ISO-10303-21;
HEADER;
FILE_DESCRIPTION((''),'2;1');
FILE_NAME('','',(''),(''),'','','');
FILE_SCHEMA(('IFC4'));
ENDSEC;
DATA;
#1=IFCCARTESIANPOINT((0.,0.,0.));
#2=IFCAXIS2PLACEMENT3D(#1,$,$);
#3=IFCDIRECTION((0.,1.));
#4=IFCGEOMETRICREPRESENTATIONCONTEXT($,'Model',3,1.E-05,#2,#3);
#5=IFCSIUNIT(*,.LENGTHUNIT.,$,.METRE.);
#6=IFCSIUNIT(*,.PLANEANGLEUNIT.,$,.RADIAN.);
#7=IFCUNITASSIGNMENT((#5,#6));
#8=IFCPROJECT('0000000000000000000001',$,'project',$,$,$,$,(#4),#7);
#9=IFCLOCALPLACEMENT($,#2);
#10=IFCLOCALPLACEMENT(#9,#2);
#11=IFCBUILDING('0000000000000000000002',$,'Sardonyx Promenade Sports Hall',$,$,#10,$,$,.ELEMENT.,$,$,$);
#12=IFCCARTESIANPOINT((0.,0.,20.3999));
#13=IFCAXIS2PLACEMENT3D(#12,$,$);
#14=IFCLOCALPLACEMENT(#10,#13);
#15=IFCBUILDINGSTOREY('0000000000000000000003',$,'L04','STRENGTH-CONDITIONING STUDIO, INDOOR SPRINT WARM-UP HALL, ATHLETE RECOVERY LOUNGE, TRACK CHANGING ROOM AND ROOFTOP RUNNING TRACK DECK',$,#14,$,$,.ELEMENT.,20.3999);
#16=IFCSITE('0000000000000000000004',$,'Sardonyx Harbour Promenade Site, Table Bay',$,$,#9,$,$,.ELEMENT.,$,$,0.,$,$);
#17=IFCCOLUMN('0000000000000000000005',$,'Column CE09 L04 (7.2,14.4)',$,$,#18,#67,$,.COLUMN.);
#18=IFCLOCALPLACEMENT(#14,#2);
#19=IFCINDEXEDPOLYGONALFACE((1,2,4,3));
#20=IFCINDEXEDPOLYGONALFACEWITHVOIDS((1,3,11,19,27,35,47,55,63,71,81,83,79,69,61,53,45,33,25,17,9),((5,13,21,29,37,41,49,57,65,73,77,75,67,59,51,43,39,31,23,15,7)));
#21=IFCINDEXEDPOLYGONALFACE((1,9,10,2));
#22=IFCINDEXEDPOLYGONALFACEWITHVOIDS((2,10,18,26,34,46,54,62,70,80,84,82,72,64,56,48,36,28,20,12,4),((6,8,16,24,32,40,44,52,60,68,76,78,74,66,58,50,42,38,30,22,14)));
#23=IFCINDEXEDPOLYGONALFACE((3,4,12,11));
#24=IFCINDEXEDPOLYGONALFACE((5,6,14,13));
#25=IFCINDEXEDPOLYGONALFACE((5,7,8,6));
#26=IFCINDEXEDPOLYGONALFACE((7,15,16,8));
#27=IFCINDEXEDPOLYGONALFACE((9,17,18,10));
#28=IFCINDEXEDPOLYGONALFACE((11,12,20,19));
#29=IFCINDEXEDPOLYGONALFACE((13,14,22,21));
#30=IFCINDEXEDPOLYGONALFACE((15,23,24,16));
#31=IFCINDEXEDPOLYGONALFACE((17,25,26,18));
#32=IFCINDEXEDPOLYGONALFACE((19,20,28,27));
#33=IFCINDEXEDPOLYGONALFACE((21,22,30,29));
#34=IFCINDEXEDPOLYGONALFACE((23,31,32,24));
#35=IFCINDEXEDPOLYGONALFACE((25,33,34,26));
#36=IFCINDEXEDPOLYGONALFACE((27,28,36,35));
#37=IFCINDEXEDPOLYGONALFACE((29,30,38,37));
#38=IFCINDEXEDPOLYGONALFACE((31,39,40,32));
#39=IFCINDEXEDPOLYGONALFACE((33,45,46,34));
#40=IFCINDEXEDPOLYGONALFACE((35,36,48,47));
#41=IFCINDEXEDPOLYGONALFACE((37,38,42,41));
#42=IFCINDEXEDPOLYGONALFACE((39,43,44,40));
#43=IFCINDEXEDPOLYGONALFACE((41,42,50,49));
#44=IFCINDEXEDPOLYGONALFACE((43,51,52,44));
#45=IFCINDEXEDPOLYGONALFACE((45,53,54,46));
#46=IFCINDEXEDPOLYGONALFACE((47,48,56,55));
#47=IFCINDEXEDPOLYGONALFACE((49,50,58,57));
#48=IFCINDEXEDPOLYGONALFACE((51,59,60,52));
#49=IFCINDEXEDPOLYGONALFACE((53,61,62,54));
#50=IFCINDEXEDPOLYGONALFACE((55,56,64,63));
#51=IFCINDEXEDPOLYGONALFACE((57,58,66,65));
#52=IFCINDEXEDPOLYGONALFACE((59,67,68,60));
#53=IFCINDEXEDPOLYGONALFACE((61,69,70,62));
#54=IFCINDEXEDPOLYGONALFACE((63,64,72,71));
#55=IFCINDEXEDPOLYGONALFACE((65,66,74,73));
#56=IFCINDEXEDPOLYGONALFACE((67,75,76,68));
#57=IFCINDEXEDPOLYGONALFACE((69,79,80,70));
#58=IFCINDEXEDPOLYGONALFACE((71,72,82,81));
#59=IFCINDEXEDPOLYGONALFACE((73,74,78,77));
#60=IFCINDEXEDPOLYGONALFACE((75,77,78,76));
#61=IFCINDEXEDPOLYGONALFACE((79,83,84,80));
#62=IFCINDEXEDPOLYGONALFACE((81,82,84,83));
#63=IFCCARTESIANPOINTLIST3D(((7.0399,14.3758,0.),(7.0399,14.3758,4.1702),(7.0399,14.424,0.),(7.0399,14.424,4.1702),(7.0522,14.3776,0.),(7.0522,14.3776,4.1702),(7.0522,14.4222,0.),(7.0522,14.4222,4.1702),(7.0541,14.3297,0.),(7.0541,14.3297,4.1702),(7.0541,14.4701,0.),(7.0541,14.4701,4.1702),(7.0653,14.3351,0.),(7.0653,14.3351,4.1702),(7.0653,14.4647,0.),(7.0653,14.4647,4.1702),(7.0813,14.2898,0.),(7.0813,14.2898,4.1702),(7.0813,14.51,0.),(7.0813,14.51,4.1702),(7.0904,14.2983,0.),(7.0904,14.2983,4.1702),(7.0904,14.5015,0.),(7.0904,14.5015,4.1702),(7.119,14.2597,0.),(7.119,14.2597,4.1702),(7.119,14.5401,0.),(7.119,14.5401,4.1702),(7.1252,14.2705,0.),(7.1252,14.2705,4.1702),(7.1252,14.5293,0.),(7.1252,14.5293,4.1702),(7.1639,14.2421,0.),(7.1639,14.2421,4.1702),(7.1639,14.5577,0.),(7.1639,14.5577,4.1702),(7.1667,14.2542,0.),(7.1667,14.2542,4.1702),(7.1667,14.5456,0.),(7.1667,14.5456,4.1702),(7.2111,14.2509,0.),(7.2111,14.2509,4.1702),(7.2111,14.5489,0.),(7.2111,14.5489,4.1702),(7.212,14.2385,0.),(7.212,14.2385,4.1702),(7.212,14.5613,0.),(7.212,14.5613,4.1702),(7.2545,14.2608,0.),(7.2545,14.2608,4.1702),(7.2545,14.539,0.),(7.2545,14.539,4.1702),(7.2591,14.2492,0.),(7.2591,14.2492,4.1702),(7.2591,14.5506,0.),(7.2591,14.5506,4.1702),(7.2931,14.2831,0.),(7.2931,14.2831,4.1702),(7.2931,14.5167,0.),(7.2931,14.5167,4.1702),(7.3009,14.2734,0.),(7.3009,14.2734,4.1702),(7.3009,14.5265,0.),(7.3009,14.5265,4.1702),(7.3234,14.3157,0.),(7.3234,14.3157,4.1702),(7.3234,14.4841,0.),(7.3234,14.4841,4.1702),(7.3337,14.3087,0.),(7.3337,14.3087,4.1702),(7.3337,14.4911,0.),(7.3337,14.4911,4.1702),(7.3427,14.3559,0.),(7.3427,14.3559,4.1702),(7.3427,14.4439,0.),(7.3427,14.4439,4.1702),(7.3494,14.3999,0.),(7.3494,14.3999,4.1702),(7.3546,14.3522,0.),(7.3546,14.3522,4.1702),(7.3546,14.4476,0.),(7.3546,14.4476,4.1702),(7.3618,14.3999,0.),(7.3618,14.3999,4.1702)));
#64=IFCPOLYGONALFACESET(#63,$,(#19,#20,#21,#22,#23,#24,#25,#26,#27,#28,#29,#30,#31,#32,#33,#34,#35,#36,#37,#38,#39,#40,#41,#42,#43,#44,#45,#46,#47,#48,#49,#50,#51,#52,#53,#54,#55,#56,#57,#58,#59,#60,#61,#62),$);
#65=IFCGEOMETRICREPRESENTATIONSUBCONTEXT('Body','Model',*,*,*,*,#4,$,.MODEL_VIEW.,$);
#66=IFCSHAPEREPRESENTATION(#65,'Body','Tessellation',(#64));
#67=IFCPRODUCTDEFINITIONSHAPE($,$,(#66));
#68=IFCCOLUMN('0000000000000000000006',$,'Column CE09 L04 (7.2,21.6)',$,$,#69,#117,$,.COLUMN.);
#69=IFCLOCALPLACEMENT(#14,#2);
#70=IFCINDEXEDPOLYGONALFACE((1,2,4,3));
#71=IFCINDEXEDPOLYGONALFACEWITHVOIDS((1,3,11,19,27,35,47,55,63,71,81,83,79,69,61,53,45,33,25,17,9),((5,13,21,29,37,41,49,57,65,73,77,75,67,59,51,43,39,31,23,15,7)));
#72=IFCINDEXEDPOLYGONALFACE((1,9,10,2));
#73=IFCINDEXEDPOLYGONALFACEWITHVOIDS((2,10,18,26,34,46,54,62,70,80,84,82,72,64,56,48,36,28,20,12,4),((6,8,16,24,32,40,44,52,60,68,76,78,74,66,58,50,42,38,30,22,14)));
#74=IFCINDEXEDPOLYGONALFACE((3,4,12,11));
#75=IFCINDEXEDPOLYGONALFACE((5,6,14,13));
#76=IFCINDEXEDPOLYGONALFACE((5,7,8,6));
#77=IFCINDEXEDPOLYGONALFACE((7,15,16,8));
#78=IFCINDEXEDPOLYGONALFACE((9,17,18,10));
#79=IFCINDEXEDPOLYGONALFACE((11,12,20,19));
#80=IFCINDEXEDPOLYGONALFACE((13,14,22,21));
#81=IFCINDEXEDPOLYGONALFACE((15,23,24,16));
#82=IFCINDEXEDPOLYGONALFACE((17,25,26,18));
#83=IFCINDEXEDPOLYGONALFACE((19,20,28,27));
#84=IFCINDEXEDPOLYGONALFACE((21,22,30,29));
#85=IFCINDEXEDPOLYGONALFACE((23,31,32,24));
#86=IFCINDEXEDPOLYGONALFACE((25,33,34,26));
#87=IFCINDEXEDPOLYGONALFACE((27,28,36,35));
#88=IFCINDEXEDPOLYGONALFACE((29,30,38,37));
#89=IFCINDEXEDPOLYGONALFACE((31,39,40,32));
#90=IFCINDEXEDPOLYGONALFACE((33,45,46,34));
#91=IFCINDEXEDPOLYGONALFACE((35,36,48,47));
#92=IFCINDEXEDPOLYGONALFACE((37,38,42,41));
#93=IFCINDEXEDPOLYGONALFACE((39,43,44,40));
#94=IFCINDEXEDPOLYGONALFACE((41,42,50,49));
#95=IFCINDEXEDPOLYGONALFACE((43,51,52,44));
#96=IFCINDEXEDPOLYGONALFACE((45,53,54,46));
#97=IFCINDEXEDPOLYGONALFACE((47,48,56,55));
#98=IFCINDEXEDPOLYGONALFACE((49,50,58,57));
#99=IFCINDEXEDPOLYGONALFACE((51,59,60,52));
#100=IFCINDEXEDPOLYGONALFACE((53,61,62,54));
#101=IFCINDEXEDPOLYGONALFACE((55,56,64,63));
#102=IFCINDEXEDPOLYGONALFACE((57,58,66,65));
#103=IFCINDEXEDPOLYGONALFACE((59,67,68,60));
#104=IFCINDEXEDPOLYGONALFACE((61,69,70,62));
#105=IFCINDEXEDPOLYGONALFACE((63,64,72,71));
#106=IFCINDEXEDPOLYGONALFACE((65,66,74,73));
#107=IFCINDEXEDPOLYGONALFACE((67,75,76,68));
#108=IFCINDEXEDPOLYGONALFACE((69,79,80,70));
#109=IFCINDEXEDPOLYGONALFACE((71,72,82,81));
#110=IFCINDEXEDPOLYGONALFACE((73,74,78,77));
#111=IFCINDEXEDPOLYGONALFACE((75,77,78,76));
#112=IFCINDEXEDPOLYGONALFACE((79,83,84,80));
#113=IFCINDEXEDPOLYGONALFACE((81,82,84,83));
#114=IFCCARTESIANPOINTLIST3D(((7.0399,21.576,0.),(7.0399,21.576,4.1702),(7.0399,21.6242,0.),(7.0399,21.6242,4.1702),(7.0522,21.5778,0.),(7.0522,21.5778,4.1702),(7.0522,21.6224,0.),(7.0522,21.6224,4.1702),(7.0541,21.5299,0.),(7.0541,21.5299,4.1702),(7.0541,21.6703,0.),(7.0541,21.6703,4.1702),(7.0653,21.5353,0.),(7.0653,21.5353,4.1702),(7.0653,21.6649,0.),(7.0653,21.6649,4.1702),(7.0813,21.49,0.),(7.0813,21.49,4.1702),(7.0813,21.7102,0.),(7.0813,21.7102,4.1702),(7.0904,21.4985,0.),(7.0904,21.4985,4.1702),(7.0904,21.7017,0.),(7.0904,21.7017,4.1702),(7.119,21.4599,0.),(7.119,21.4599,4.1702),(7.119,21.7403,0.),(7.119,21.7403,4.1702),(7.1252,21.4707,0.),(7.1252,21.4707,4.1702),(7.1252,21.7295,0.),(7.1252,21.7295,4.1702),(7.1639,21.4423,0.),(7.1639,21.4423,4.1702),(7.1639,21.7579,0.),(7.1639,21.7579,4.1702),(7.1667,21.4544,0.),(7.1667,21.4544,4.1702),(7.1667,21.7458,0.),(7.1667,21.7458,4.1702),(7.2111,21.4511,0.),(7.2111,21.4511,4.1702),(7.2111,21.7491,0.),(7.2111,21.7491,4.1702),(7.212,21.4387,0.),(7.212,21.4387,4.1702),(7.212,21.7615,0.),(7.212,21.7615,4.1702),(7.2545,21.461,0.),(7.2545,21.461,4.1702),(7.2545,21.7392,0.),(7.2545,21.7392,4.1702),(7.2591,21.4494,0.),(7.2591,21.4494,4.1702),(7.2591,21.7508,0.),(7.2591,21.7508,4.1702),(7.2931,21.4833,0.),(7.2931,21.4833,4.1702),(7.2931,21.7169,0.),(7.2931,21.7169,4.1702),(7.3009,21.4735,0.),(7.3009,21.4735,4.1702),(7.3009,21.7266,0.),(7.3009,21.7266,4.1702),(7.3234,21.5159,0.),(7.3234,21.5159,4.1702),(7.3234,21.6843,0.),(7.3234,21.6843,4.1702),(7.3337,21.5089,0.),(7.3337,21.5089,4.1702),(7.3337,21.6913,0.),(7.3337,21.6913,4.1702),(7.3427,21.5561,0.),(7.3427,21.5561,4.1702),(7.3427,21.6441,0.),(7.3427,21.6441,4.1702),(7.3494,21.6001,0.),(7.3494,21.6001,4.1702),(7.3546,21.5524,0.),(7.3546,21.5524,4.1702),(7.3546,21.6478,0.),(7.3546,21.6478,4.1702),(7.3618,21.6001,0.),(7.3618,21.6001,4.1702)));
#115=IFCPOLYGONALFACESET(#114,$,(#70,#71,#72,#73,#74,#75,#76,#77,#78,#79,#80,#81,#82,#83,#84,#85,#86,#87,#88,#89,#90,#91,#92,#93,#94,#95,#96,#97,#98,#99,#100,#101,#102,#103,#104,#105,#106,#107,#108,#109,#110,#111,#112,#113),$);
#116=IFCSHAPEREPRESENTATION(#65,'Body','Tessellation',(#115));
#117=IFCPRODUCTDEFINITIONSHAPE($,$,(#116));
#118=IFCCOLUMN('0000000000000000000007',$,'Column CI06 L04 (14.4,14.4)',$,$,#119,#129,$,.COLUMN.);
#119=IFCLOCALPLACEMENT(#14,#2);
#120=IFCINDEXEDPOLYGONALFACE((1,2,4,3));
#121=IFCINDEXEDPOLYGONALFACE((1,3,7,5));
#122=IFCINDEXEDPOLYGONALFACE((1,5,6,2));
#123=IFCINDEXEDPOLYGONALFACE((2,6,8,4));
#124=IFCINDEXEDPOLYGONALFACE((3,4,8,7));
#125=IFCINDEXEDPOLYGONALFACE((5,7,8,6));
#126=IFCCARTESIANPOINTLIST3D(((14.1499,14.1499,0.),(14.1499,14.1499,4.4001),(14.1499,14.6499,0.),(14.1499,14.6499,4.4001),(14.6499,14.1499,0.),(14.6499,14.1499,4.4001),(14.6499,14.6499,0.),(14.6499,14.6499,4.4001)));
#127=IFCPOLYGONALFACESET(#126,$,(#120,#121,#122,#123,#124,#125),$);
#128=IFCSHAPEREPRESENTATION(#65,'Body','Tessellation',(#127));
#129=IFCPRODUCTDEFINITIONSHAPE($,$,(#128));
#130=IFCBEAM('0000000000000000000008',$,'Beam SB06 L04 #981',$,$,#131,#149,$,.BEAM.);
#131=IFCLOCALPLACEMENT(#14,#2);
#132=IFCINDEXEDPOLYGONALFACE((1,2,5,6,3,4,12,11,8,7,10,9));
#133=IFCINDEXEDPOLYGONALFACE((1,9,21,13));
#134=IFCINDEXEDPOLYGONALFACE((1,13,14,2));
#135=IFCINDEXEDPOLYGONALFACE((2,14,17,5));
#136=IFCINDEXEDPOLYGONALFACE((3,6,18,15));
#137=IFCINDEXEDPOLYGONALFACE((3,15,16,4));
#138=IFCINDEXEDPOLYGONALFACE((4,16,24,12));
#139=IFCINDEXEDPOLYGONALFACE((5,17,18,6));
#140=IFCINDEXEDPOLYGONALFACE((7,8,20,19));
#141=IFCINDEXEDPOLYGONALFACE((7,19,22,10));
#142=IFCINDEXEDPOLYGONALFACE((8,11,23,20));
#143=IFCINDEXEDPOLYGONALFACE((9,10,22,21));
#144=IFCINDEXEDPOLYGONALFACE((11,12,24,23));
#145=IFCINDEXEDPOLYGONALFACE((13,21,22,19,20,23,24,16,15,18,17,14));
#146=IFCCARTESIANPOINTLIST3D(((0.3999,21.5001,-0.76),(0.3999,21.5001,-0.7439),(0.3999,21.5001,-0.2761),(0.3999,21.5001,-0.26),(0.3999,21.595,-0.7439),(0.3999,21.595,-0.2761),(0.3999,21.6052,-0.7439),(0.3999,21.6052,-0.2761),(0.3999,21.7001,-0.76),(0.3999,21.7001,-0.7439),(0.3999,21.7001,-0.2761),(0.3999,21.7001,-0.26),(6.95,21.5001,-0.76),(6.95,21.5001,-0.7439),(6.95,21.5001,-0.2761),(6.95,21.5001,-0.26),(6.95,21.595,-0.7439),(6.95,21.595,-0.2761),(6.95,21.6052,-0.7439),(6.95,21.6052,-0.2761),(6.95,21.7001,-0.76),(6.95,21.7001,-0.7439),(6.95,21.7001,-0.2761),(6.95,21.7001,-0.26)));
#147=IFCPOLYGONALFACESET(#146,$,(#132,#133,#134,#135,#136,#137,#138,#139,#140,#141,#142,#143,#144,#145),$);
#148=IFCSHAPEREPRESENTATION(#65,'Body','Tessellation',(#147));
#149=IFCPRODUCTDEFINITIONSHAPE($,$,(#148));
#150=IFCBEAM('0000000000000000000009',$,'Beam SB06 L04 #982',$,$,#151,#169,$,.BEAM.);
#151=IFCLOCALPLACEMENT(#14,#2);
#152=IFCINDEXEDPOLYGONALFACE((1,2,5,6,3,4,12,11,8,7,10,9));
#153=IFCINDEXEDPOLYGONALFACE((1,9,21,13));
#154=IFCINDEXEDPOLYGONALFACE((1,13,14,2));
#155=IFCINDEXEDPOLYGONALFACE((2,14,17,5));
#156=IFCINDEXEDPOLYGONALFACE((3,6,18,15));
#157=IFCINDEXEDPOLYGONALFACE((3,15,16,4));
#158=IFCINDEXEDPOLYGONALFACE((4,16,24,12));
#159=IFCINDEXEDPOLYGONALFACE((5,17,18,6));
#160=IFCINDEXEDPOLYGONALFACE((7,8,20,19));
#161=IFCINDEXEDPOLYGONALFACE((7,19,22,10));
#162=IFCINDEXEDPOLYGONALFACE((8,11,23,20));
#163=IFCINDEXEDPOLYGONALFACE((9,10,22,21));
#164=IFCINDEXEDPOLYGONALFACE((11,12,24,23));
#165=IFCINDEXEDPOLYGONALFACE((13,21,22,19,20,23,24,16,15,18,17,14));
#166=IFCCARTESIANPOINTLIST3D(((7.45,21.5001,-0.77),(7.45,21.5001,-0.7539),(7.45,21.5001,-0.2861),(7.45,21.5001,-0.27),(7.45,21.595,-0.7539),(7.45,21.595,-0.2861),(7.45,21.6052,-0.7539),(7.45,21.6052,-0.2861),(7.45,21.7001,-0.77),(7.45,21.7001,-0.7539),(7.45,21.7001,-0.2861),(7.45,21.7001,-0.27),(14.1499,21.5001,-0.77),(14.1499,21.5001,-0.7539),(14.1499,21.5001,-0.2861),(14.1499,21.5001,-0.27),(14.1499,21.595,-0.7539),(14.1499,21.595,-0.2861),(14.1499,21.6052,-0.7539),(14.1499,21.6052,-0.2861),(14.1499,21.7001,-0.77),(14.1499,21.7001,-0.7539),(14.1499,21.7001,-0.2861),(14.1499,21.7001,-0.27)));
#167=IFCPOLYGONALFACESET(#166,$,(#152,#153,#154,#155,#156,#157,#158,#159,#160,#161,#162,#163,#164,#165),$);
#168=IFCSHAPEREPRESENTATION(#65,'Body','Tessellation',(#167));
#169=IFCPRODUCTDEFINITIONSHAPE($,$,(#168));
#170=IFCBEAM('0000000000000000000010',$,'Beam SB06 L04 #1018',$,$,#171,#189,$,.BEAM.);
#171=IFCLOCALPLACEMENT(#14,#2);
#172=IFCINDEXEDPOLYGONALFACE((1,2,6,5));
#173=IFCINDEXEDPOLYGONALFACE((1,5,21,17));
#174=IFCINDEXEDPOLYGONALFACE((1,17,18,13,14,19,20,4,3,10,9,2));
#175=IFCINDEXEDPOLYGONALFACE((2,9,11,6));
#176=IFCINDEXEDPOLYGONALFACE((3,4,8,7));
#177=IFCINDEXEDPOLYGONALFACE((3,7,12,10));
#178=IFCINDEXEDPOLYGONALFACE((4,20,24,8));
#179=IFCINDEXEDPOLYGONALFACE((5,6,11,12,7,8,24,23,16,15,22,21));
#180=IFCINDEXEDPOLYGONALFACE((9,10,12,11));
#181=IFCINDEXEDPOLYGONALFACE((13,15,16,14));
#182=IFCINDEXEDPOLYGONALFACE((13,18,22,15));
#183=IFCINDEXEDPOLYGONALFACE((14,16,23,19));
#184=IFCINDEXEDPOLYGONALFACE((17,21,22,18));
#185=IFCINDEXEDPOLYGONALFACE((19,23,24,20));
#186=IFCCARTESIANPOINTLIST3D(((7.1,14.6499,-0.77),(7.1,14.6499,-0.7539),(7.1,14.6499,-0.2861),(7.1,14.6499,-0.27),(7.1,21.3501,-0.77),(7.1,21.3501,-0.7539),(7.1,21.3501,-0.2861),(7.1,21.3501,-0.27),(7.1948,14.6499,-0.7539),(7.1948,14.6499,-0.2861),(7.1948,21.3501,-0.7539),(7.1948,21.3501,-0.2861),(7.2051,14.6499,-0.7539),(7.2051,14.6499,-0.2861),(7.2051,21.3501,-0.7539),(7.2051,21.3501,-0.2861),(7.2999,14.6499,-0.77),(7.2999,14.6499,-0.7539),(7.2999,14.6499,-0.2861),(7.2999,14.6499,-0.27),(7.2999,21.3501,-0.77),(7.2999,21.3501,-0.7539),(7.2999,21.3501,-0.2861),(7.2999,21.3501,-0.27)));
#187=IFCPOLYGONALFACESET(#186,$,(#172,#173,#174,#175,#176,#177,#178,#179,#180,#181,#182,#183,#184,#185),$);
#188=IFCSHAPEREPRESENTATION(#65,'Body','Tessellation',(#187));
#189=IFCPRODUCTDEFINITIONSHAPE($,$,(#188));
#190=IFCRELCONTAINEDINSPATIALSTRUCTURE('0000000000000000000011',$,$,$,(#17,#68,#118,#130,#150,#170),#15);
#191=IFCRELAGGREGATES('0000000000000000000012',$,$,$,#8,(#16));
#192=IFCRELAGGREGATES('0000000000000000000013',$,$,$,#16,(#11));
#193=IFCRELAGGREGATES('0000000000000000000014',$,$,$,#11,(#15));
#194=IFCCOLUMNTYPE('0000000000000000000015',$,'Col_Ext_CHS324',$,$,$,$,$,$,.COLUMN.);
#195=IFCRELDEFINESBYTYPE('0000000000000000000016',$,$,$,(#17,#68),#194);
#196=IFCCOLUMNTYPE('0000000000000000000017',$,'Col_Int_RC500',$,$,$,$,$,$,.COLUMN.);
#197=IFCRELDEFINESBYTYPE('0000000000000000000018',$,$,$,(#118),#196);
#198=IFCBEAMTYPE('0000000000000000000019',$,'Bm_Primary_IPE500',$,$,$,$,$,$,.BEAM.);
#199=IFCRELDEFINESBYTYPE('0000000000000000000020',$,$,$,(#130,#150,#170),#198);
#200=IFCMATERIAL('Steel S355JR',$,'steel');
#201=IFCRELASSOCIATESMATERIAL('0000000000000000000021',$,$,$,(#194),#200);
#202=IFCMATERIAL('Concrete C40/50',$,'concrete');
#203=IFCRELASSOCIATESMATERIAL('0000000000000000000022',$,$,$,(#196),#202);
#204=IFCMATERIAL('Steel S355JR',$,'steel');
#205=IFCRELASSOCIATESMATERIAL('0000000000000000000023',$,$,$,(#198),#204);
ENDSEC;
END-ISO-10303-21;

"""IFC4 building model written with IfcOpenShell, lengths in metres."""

from ifc_helpers import new_model, si_unit, direction, frame, origin, origin_2d, place, context, subcontext, project, spatial, rectangle, hollow_circle, i_section, extrude, material, material_profile, profile_set, type_object, element, save


model = new_model("IFC4")

# Units and contexts
model_context = context("Model", 3, precision=1e-05, world=origin(), true_north=direction((0.0, 1.0)))
body_context = subcontext(model_context, "Body", "Model", "MODEL_VIEW")
ifc_project = project(units=[si_unit("LENGTHUNIT", "METRE"), si_unit("PLANEANGLEUNIT", "RADIAN")], contexts=[model_context])

# Site, building, storey
site_placement = place(None, origin())
site = spatial("IfcSite", under=ifc_project, at=site_placement, Name="Sardonyx Harbour Promenade Site, Table Bay", CompositionType="ELEMENT", RefElevation=0.0)
building_placement = place(site_placement, origin())
building = spatial("IfcBuilding", under=site, at=building_placement, Name="Sardonyx Promenade Sports Hall", CompositionType="ELEMENT")
storey_placement = place(building_placement, frame((0.0, 0.0, 20.3999)))
storey = spatial("IfcBuildingStorey", under=building, at=storey_placement, Name="L04", Description="STRENGTH-CONDITIONING STUDIO, INDOOR SPRINT WARM-UP HALL, ATHLETE RECOVERY LOUNGE, TRACK CHANGING ROOM AND ROOFTOP RUNNING TRACK DECK", CompositionType="ELEMENT", Elevation=20.3999)

# Columns
ifc_material_1 = material(Name="Steel S355JR", Category="steel")
ifc_material_profile_1 = material_profile(ifc_material_1, hollow_circle(Radius=0.1619, WallThickness=0.0125, at=origin_2d()))
ifc_profile_set_1 = profile_set([ifc_material_profile_1], Name="Steel S355JR")
column_type_1 = type_object("IfcColumnType", Name="Col_Ext_CHS324", PredefinedType="COLUMN", material=ifc_profile_set_1)
for number, where, z_axis, x_axis, name in (
    (1, (7.2, 14.3999, 0.0), (0.0, 0.0, 1.0), (1.0, 0.0, 0.0), "Column CE09 L04 (7.2,14.4)"),
    (2, (7.2, 21.6001, 0.0), (0.0, 0.0, 1.0), (1.0, 0.0, 0.0), "Column CE09 L04 (7.2,21.6)"),
):
    element("IfcColumn", number, at=place(storey_placement, frame(where, z_axis=z_axis, x_axis=x_axis)), inside=storey, type_object=column_type_1, Name=name, PredefinedType="COLUMN", context=body_context, shape_type="SweptSolid", body=[
        extrude(hollow_circle(Radius=0.1619, WallThickness=0.0125, at=origin_2d()), origin(), (0.0, 0.0, 1.0), 4.1702),
    ])
ifc_material_2 = material(Name="Concrete C40/50", Category="concrete")
ifc_material_profile_2 = material_profile(ifc_material_2, rectangle(XDim=0.5, YDim=0.5, at=origin_2d()))
ifc_profile_set_2 = profile_set([ifc_material_profile_2], Name="Concrete C40/50")
column_type_2 = type_object("IfcColumnType", Name="Col_Int_RC500", PredefinedType="COLUMN", material=ifc_profile_set_2)
column_placement = place(storey_placement, frame((14.3999, 14.3999, 0.0), z_axis=(0.0, 0.0, 1.0), x_axis=(1.0, 0.0, 0.0)))
element("IfcColumn", 3, at=column_placement, inside=storey, type_object=column_type_2, Name="Column CI06 L04 (14.4,14.4)", PredefinedType="COLUMN", context=body_context, shape_type="SweptSolid", body=[
    extrude(rectangle(XDim=0.5, YDim=0.5, at=origin_2d()), origin(), (0.0, 0.0, 1.0), 4.4001),
])

# Beams
ifc_material_3 = material(Name="Steel S355JR", Category="steel")
ifc_material_profile_3 = material_profile(ifc_material_3, i_section(OverallWidth=0.2, OverallDepth=0.5, WebThickness=0.0103, FlangeThickness=0.0161, at=origin_2d()))
ifc_profile_set_3 = profile_set([ifc_material_profile_3], Name="Steel S355JR")
beam_type_1 = type_object("IfcBeamType", Name="Bm_Primary_IPE500", PredefinedType="BEAM", material=ifc_profile_set_3)
beam_1_placement = place(storey_placement, frame((0.3999, 21.6001, -0.51), z_axis=(1.0, 0.0, 0.0), x_axis=(0.0, 1.0, 0.0)))
element("IfcBeam", 4, at=beam_1_placement, inside=storey, type_object=beam_type_1, Name="Beam SB06 L04 #981", PredefinedType="BEAM", context=body_context, shape_type="SweptSolid", body=[
    extrude(i_section(OverallWidth=0.2, OverallDepth=0.5, WebThickness=0.0103, FlangeThickness=0.0161, at=origin_2d()), origin(), (0.0, 0.0, 1.0), 6.55),
])
beam_2_placement = place(storey_placement, frame((7.45, 21.6001, -0.52), z_axis=(1.0, 0.0, 0.0), x_axis=(0.0, 1.0, 0.0)))
element("IfcBeam", 5, at=beam_2_placement, inside=storey, type_object=beam_type_1, Name="Beam SB06 L04 #982", PredefinedType="BEAM", context=body_context, shape_type="SweptSolid", body=[
    extrude(i_section(OverallWidth=0.2, OverallDepth=0.5, WebThickness=0.0103, FlangeThickness=0.0161, at=origin_2d()), origin(), (0.0, 0.0, 1.0), 6.7),
])
for number, where, z_axis, x_axis, name in (
    (6, (7.2, 14.6499, -0.52), (0.0, 1.0, 0.0), (-1.0, 0.0, 0.0), "Beam SB06 L04 #1018"),
):
    element("IfcBeam", number, at=place(storey_placement, frame(where, z_axis=z_axis, x_axis=x_axis)), inside=storey, type_object=beam_type_1, Name=name, PredefinedType="BEAM", context=body_context, shape_type="SweptSolid", body=[
        extrude(i_section(OverallWidth=0.2, OverallDepth=0.5, WebThickness=0.0103, FlangeThickness=0.0161, at=origin_2d()), origin(), (0.0, 0.0, 1.0), 6.7002),
    ])

save(model, "model.ifc")
